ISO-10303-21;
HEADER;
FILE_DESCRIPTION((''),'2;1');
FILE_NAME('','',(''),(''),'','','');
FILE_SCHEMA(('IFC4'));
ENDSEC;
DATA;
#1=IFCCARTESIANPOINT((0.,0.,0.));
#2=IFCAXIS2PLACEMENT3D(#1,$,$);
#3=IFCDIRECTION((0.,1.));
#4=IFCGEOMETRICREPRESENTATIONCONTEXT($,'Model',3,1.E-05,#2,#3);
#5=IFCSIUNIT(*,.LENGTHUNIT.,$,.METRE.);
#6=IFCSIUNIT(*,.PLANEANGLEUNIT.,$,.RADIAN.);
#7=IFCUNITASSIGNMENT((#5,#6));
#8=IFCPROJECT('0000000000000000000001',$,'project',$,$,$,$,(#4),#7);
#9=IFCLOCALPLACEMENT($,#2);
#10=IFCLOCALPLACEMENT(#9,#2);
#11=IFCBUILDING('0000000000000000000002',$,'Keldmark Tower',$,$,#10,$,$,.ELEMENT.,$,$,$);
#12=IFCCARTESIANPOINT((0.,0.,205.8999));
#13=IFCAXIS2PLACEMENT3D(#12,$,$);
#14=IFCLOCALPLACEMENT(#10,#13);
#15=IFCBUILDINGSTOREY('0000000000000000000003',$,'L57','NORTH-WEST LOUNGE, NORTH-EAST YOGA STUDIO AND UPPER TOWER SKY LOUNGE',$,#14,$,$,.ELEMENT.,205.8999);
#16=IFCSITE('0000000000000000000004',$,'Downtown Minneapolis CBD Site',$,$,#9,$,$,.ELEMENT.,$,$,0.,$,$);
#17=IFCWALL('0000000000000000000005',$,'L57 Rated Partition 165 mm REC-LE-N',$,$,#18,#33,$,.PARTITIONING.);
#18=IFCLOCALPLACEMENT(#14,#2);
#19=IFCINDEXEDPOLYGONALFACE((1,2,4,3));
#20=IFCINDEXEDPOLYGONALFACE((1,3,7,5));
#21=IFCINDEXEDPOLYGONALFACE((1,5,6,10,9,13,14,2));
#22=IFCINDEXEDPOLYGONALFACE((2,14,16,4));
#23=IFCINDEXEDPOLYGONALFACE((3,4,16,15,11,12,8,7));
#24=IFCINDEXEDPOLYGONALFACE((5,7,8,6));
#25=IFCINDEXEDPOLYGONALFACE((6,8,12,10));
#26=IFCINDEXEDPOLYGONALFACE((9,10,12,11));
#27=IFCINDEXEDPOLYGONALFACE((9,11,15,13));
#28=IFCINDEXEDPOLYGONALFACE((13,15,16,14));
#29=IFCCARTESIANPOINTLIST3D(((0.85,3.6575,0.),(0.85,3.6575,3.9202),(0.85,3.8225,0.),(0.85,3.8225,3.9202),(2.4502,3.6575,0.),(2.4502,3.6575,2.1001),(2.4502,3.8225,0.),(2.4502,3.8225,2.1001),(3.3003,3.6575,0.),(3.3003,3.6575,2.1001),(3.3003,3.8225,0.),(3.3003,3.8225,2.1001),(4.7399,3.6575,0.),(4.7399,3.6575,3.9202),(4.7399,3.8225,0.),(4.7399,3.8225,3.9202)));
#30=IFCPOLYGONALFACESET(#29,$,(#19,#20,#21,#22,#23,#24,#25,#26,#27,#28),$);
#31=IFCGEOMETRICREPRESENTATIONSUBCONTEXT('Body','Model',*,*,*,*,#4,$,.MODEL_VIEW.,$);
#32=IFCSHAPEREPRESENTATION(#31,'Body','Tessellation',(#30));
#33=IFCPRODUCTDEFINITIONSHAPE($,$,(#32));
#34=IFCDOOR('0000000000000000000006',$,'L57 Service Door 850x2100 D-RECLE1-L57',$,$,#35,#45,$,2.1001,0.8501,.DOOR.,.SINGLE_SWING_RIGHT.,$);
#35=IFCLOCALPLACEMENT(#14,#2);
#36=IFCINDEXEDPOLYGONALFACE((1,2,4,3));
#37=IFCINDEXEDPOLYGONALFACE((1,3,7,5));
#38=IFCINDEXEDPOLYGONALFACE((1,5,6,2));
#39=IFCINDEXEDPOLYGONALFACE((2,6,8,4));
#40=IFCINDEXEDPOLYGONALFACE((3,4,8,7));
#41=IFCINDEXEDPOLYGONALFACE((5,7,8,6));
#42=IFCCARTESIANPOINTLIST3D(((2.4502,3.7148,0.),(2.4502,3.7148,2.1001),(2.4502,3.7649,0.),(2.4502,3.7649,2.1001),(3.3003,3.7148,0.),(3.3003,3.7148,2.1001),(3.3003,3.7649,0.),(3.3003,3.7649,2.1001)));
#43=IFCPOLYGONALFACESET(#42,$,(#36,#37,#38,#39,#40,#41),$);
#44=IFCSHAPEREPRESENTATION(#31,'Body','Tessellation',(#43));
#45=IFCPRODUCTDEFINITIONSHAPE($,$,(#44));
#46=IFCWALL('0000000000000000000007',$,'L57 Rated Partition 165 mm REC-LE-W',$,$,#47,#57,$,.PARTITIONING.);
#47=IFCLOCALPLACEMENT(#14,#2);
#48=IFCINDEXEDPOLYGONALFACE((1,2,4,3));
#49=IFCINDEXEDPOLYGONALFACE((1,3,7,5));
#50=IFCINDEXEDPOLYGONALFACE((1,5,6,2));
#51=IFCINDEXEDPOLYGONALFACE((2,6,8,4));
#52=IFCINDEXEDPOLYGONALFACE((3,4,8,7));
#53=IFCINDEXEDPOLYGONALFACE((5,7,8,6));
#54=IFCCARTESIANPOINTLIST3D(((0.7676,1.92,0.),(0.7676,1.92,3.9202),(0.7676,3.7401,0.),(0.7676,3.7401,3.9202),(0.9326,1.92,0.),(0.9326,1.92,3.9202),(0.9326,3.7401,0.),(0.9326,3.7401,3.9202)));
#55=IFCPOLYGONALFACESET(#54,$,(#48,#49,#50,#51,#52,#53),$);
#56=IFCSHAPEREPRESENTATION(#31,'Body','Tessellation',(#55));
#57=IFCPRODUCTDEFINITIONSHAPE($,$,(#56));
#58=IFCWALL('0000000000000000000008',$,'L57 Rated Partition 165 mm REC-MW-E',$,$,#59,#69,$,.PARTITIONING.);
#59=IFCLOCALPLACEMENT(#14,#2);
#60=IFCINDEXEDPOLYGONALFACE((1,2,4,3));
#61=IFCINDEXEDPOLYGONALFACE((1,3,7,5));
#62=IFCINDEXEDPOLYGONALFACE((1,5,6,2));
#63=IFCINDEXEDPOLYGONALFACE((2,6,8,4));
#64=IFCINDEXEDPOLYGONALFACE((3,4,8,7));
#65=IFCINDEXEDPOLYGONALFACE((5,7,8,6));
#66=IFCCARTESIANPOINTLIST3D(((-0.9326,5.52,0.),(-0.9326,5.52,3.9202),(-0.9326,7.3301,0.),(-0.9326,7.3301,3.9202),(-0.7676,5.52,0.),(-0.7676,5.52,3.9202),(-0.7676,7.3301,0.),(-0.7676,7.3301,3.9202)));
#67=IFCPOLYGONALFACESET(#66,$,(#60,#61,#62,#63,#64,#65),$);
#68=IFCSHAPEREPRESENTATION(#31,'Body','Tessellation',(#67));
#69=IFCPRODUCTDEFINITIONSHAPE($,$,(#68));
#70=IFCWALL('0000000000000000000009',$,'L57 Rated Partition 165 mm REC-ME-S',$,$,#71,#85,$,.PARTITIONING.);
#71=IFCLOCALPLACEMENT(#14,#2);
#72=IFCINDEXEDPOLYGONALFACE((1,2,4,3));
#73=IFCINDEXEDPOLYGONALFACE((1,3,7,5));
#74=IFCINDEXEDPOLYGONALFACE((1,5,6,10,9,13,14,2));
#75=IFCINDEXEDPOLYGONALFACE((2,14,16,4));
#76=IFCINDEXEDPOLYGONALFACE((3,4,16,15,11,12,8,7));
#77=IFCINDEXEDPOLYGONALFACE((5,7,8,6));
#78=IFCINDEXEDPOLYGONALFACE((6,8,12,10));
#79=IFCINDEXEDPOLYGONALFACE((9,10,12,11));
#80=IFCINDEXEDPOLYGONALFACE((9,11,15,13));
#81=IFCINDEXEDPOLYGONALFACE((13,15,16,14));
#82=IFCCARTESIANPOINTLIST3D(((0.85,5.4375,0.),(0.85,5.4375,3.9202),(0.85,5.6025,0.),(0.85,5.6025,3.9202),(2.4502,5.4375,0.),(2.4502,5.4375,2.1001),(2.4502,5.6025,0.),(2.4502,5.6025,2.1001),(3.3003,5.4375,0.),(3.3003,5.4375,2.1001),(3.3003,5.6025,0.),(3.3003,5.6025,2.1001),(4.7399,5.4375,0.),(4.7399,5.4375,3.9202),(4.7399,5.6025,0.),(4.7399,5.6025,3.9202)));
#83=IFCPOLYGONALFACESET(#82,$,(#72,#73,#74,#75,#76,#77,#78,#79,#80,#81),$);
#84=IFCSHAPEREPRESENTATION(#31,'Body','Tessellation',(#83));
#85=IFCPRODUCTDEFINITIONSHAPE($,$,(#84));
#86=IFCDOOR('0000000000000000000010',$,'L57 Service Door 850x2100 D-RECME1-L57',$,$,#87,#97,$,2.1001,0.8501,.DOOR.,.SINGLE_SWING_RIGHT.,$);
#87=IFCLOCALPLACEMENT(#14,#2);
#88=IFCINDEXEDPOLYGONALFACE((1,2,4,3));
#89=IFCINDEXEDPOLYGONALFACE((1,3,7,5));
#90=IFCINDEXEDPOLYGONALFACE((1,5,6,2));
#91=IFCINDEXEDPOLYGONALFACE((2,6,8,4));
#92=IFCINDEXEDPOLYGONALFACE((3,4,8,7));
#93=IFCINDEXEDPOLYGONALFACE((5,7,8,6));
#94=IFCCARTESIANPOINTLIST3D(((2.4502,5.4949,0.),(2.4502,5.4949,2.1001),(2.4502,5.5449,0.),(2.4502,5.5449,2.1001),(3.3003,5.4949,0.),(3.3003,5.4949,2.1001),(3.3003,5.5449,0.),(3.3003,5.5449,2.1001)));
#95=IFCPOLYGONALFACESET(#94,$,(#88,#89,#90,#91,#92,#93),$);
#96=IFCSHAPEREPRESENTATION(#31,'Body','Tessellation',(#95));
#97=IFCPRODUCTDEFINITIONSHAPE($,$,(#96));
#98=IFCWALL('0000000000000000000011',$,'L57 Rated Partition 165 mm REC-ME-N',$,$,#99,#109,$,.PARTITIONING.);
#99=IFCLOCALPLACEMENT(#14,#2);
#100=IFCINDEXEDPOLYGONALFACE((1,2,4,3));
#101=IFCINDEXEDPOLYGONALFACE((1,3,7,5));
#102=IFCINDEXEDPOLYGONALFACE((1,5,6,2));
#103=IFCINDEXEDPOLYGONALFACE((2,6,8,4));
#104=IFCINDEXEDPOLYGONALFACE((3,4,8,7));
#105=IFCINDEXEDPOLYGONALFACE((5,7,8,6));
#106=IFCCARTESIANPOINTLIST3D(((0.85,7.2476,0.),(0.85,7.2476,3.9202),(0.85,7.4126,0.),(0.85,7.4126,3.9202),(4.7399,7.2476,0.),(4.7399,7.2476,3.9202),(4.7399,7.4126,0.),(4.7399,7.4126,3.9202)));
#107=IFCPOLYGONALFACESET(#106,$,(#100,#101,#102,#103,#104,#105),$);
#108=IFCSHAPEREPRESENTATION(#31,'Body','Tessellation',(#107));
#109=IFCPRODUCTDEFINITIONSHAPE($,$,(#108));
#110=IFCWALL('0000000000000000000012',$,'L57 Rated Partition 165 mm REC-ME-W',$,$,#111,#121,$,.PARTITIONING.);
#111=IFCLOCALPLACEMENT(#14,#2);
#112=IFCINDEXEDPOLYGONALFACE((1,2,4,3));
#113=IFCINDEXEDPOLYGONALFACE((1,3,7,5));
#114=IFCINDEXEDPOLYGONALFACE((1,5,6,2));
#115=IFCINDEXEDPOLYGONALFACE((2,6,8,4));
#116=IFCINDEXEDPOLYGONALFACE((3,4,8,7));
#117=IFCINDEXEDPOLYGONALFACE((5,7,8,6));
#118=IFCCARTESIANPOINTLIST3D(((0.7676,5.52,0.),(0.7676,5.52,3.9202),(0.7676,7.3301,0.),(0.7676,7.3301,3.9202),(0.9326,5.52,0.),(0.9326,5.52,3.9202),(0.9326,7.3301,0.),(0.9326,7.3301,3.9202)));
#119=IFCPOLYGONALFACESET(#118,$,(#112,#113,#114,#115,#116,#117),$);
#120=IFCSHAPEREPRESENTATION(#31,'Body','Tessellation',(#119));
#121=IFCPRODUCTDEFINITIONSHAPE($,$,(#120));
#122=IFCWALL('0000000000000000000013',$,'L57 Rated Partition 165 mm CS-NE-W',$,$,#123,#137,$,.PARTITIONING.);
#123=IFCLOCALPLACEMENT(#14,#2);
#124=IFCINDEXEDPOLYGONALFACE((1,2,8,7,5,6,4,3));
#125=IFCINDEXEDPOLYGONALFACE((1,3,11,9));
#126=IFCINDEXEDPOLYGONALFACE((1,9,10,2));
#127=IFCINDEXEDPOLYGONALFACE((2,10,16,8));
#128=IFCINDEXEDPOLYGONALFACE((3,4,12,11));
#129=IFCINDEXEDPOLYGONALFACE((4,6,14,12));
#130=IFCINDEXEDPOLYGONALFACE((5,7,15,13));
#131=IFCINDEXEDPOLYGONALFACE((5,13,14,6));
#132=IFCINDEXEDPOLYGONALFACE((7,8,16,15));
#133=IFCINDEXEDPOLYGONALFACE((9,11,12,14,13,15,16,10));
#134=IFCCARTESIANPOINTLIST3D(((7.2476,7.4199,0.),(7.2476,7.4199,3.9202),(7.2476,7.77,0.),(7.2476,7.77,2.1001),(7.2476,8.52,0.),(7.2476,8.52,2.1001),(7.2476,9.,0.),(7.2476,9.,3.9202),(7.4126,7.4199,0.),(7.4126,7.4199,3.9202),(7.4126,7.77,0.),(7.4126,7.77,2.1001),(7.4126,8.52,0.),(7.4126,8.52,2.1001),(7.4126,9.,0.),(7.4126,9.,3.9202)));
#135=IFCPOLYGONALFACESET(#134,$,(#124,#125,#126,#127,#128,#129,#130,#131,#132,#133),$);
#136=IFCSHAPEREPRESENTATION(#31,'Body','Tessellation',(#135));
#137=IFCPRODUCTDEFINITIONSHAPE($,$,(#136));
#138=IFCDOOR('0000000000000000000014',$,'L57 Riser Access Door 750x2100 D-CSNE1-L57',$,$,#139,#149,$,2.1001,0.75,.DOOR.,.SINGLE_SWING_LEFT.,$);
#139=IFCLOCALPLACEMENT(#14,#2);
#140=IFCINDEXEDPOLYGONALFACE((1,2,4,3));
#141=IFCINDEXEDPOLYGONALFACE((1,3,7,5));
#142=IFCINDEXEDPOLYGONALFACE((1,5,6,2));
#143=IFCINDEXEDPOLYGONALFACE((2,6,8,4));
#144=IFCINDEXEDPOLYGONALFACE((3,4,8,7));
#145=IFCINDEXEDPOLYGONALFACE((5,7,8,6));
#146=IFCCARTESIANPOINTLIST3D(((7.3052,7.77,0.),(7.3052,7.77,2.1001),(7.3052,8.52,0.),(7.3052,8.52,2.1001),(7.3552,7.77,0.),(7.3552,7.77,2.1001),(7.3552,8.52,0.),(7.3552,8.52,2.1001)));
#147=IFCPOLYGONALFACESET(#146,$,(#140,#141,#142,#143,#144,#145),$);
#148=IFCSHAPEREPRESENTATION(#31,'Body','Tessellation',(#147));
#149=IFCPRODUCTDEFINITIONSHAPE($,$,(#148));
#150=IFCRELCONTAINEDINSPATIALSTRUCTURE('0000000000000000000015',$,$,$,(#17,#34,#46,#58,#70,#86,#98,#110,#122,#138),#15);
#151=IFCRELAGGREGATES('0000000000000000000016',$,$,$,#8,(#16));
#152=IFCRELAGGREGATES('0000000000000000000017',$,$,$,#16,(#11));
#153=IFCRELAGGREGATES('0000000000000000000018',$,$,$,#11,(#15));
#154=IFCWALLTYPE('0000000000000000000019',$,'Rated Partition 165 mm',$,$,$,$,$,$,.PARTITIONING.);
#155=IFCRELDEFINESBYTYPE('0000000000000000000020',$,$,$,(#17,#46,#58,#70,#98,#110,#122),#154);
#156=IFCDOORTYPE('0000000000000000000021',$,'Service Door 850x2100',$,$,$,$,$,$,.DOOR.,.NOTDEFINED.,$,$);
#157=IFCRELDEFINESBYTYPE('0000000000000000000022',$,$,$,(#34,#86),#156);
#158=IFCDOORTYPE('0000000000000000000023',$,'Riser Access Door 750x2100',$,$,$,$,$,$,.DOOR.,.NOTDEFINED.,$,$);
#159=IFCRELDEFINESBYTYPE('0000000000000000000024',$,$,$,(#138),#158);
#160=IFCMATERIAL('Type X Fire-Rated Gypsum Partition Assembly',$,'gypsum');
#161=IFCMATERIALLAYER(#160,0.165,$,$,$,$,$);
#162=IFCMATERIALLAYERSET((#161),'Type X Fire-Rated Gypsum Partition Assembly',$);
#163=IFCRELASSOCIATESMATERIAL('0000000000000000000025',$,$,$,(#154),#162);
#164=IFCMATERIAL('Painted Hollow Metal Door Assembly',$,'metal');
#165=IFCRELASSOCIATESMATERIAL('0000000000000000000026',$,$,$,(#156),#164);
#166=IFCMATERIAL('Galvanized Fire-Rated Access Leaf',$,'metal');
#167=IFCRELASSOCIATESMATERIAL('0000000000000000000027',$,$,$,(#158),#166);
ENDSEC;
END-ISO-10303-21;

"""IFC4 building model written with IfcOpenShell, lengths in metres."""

from ifc_helpers import new_model, si_unit, direction, frame, frame_2d, origin, place, context, subcontext, project, spatial, rectangle, extrude, material, layer, layer_set, type_object, element, fill, save


model = new_model("IFC4")

# Units and contexts
model_context = context("Model", 3, precision=1e-05, world=origin(), true_north=direction((0.0, 1.0)))
body_context = subcontext(model_context, "Body", "Model", "MODEL_VIEW")
ifc_project = project(units=[si_unit("LENGTHUNIT", "METRE"), si_unit("PLANEANGLEUNIT", "RADIAN")], contexts=[model_context])

# Site, building, storey
site_placement = place(None, origin())
site = spatial("IfcSite", under=ifc_project, at=site_placement, Name="Downtown Minneapolis CBD Site", CompositionType="ELEMENT", RefElevation=0.0)
building_placement = place(site_placement, origin())
building = spatial("IfcBuilding", under=site, at=building_placement, Name="Keldmark Tower", CompositionType="ELEMENT")
storey_placement = place(building_placement, frame((0.0, 0.0, 205.8999)))
storey = spatial("IfcBuildingStorey", under=building, at=storey_placement, Name="L57", Description="NORTH-WEST LOUNGE, NORTH-EAST YOGA STUDIO AND UPPER TOWER SKY LOUNGE", CompositionType="ELEMENT", Elevation=205.8999)

# Shared definitions
ifc_material_1 = material(Name="Type X Fire-Rated Gypsum Partition Assembly", Category="gypsum")
ifc_layer_1 = layer(ifc_material_1, 0.165)
ifc_layer_set_1 = layer_set([ifc_layer_1], Name="Type X Fire-Rated Gypsum Partition Assembly")
wall_type_1 = type_object("IfcWallType", Name="Rated Partition 165 mm", PredefinedType="PARTITIONING", material=ifc_layer_set_1)

# Wall, opening, door
wall_1_placement = place(storey_placement, frame((0.8501, 3.74, 0.0), z_axis=(0.0, 0.0, 1.0), x_axis=(1.0, 0.0, 0.0)))
wall_1 = element("IfcWall", 1, at=wall_1_placement, inside=storey, type_object=wall_type_1, Name="L57 Rated Partition 165 mm REC-LE-N", PredefinedType="PARTITIONING", context=body_context, shape_type="SweptSolid", body=[
    extrude(rectangle(XDim=3.8899, YDim=0.165, at=frame_2d((1.9448, 0.0))), origin(), (0.0, 0.0, 1.0), 3.9202),
])
opening_1_placement = place(wall_1_placement, frame((1.6001, 0.0, 0.0)))
opening_1 = element("IfcOpeningElement", 2, at=opening_1_placement, cuts=wall_1, PredefinedType="OPENING", context=body_context, shape_type="SweptSolid", body=[
    extrude(rectangle(XDim=0.8501, YDim=2.1001, at=frame_2d((0.425, 1.05))), frame((0.0, 0.0925, 0.0), z_axis=(0.0, -1.0, 0.0), x_axis=(1.0, 0.0, 0.0)), (0.0, 0.0, 1.0), 0.1851),
])
ifc_material_2 = material(Name="Painted Hollow Metal Door Assembly", Category="metal")
door_type_1 = type_object("IfcDoorType", Name="Service Door 850x2100", OperationType="NOTDEFINED", PredefinedType="DOOR", material=ifc_material_2)
door_1_placement = place(opening_1_placement, origin())
door_1 = element("IfcDoor", 3, at=door_1_placement, inside=storey, type_object=door_type_1, Name="L57 Service Door 850x2100 D-RECLE1-L57", OperationType="SINGLE_SWING_RIGHT", OverallHeight=2.1001, OverallWidth=0.8501, PredefinedType="DOOR", context=body_context, shape_type="SweptSolid", body=[
    extrude(rectangle(XDim=0.8501, YDim=2.1001, at=frame_2d((0.425, 1.05))), frame((0.0, 0.0249, 0.0), z_axis=(0.0, -1.0, 0.0), x_axis=(1.0, 0.0, 0.0)), (0.0, 0.0, 1.0), 0.05),
])
fill(opening_1, door_1)

# Walls
wall_2_placement = place(storey_placement, frame((0.8501, 1.9199, 0.0), z_axis=(0.0, 0.0, 1.0), x_axis=(0.0, 1.0, 0.0)))
element("IfcWall", 4, at=wall_2_placement, inside=storey, type_object=wall_type_1, Name="L57 Rated Partition 165 mm REC-LE-W", PredefinedType="PARTITIONING", context=body_context, shape_type="SweptSolid", body=[
    extrude(rectangle(XDim=1.8201, YDim=0.165, at=frame_2d((0.9102, 0.0))), origin(), (0.0, 0.0, 1.0), 3.9202),
])
wall_3_placement = place(storey_placement, frame((-0.8501, 5.52, 0.0), z_axis=(0.0, 0.0, 1.0), x_axis=(0.0, 1.0, 0.0)))
element("IfcWall", 5, at=wall_3_placement, inside=storey, type_object=wall_type_1, Name="L57 Rated Partition 165 mm REC-MW-E", PredefinedType="PARTITIONING", context=body_context, shape_type="SweptSolid", body=[
    extrude(rectangle(XDim=1.8101, YDim=0.165, at=frame_2d((0.905, 0.0))), origin(), (0.0, 0.0, 1.0), 3.9202),
])

# Wall, opening, door
wall_4_placement = place(storey_placement, frame((0.8501, 5.52, 0.0), z_axis=(0.0, 0.0, 1.0), x_axis=(1.0, 0.0, 0.0)))
wall_4 = element("IfcWall", 6, at=wall_4_placement, inside=storey, type_object=wall_type_1, Name="L57 Rated Partition 165 mm REC-ME-S", PredefinedType="PARTITIONING", context=body_context, shape_type="SweptSolid", body=[
    extrude(rectangle(XDim=3.8899, YDim=0.165, at=frame_2d((1.9448, 0.0))), origin(), (0.0, 0.0, 1.0), 3.9202),
])
opening_2_placement = place(wall_4_placement, frame((1.6001, 0.0, 0.0)))
opening_2 = element("IfcOpeningElement", 7, at=opening_2_placement, cuts=wall_4, PredefinedType="OPENING", context=body_context, shape_type="SweptSolid", body=[
    extrude(rectangle(XDim=0.8501, YDim=2.1001, at=frame_2d((0.425, 1.05))), frame((0.0, 0.0925, 0.0), z_axis=(0.0, -1.0, 0.0), x_axis=(1.0, 0.0, 0.0)), (0.0, 0.0, 1.0), 0.1851),
])
door_2_placement = place(opening_2_placement, origin())
door_2 = element("IfcDoor", 8, at=door_2_placement, inside=storey, type_object=door_type_1, Name="L57 Service Door 850x2100 D-RECME1-L57", OperationType="SINGLE_SWING_RIGHT", OverallHeight=2.1001, OverallWidth=0.8501, PredefinedType="DOOR", context=body_context, shape_type="SweptSolid", body=[
    extrude(rectangle(XDim=0.8501, YDim=2.1001, at=frame_2d((0.425, 1.05))), frame((0.0, 0.0249, 0.0), z_axis=(0.0, -1.0, 0.0), x_axis=(1.0, 0.0, 0.0)), (0.0, 0.0, 1.0), 0.05),
])
fill(opening_2, door_2)

# Walls
wall_5_placement = place(storey_placement, frame((0.8501, 7.3301, 0.0), z_axis=(0.0, 0.0, 1.0), x_axis=(1.0, 0.0, 0.0)))
element("IfcWall", 9, at=wall_5_placement, inside=storey, type_object=wall_type_1, Name="L57 Rated Partition 165 mm REC-ME-N", PredefinedType="PARTITIONING", context=body_context, shape_type="SweptSolid", body=[
    extrude(rectangle(XDim=3.8899, YDim=0.165, at=frame_2d((1.9448, 0.0))), origin(), (0.0, 0.0, 1.0), 3.9202),
])
wall_6_placement = place(storey_placement, frame((0.8501, 5.52, 0.0), z_axis=(0.0, 0.0, 1.0), x_axis=(0.0, 1.0, 0.0)))
element("IfcWall", 10, at=wall_6_placement, inside=storey, type_object=wall_type_1, Name="L57 Rated Partition 165 mm REC-ME-W", PredefinedType="PARTITIONING", context=body_context, shape_type="SweptSolid", body=[
    extrude(rectangle(XDim=1.8101, YDim=0.165, at=frame_2d((0.905, 0.0))), origin(), (0.0, 0.0, 1.0), 3.9202),
])

# Wall, opening, door
wall_7_placement = place(storey_placement, frame((7.3301, 7.4199, 0.0), z_axis=(0.0, 0.0, 1.0), x_axis=(0.0, 1.0, 0.0)))
wall_7 = element("IfcWall", 11, at=wall_7_placement, inside=storey, type_object=wall_type_1, Name="L57 Rated Partition 165 mm CS-NE-W", PredefinedType="PARTITIONING", context=body_context, shape_type="SweptSolid", body=[
    extrude(rectangle(XDim=1.5801, YDim=0.165, at=frame_2d((0.79, 0.0))), origin(), (0.0, 0.0, 1.0), 3.9202),
])
opening_3_placement = place(wall_7_placement, frame((0.3501, 0.0, 0.0)))
opening_3 = element("IfcOpeningElement", 12, at=opening_3_placement, cuts=wall_7, PredefinedType="OPENING", context=body_context, shape_type="SweptSolid", body=[
    extrude(rectangle(XDim=0.75, YDim=2.1001, at=frame_2d((0.375, 1.05))), frame((0.0, 0.0925, 0.0), z_axis=(0.0, -1.0, 0.0), x_axis=(1.0, 0.0, 0.0)), (0.0, 0.0, 1.0), 0.1851),
])
ifc_material_3 = material(Name="Galvanized Fire-Rated Access Leaf", Category="metal")
door_type_2 = type_object("IfcDoorType", Name="Riser Access Door 750x2100", OperationType="NOTDEFINED", PredefinedType="DOOR", material=ifc_material_3)
door_3_placement = place(opening_3_placement, origin())
door_3 = element("IfcDoor", 13, at=door_3_placement, inside=storey, type_object=door_type_2, Name="L57 Riser Access Door 750x2100 D-CSNE1-L57", OperationType="SINGLE_SWING_LEFT", OverallHeight=2.1001, OverallWidth=0.75, PredefinedType="DOOR", context=body_context, shape_type="SweptSolid", body=[
    extrude(rectangle(XDim=0.75, YDim=2.1001, at=frame_2d((0.375, 1.05))), frame((0.0, 0.0249, 0.0), z_axis=(0.0, -1.0, 0.0), x_axis=(1.0, 0.0, 0.0)), (0.0, 0.0, 1.0), 0.05),
])
fill(opening_3, door_3)

save(model, "model.ifc")
